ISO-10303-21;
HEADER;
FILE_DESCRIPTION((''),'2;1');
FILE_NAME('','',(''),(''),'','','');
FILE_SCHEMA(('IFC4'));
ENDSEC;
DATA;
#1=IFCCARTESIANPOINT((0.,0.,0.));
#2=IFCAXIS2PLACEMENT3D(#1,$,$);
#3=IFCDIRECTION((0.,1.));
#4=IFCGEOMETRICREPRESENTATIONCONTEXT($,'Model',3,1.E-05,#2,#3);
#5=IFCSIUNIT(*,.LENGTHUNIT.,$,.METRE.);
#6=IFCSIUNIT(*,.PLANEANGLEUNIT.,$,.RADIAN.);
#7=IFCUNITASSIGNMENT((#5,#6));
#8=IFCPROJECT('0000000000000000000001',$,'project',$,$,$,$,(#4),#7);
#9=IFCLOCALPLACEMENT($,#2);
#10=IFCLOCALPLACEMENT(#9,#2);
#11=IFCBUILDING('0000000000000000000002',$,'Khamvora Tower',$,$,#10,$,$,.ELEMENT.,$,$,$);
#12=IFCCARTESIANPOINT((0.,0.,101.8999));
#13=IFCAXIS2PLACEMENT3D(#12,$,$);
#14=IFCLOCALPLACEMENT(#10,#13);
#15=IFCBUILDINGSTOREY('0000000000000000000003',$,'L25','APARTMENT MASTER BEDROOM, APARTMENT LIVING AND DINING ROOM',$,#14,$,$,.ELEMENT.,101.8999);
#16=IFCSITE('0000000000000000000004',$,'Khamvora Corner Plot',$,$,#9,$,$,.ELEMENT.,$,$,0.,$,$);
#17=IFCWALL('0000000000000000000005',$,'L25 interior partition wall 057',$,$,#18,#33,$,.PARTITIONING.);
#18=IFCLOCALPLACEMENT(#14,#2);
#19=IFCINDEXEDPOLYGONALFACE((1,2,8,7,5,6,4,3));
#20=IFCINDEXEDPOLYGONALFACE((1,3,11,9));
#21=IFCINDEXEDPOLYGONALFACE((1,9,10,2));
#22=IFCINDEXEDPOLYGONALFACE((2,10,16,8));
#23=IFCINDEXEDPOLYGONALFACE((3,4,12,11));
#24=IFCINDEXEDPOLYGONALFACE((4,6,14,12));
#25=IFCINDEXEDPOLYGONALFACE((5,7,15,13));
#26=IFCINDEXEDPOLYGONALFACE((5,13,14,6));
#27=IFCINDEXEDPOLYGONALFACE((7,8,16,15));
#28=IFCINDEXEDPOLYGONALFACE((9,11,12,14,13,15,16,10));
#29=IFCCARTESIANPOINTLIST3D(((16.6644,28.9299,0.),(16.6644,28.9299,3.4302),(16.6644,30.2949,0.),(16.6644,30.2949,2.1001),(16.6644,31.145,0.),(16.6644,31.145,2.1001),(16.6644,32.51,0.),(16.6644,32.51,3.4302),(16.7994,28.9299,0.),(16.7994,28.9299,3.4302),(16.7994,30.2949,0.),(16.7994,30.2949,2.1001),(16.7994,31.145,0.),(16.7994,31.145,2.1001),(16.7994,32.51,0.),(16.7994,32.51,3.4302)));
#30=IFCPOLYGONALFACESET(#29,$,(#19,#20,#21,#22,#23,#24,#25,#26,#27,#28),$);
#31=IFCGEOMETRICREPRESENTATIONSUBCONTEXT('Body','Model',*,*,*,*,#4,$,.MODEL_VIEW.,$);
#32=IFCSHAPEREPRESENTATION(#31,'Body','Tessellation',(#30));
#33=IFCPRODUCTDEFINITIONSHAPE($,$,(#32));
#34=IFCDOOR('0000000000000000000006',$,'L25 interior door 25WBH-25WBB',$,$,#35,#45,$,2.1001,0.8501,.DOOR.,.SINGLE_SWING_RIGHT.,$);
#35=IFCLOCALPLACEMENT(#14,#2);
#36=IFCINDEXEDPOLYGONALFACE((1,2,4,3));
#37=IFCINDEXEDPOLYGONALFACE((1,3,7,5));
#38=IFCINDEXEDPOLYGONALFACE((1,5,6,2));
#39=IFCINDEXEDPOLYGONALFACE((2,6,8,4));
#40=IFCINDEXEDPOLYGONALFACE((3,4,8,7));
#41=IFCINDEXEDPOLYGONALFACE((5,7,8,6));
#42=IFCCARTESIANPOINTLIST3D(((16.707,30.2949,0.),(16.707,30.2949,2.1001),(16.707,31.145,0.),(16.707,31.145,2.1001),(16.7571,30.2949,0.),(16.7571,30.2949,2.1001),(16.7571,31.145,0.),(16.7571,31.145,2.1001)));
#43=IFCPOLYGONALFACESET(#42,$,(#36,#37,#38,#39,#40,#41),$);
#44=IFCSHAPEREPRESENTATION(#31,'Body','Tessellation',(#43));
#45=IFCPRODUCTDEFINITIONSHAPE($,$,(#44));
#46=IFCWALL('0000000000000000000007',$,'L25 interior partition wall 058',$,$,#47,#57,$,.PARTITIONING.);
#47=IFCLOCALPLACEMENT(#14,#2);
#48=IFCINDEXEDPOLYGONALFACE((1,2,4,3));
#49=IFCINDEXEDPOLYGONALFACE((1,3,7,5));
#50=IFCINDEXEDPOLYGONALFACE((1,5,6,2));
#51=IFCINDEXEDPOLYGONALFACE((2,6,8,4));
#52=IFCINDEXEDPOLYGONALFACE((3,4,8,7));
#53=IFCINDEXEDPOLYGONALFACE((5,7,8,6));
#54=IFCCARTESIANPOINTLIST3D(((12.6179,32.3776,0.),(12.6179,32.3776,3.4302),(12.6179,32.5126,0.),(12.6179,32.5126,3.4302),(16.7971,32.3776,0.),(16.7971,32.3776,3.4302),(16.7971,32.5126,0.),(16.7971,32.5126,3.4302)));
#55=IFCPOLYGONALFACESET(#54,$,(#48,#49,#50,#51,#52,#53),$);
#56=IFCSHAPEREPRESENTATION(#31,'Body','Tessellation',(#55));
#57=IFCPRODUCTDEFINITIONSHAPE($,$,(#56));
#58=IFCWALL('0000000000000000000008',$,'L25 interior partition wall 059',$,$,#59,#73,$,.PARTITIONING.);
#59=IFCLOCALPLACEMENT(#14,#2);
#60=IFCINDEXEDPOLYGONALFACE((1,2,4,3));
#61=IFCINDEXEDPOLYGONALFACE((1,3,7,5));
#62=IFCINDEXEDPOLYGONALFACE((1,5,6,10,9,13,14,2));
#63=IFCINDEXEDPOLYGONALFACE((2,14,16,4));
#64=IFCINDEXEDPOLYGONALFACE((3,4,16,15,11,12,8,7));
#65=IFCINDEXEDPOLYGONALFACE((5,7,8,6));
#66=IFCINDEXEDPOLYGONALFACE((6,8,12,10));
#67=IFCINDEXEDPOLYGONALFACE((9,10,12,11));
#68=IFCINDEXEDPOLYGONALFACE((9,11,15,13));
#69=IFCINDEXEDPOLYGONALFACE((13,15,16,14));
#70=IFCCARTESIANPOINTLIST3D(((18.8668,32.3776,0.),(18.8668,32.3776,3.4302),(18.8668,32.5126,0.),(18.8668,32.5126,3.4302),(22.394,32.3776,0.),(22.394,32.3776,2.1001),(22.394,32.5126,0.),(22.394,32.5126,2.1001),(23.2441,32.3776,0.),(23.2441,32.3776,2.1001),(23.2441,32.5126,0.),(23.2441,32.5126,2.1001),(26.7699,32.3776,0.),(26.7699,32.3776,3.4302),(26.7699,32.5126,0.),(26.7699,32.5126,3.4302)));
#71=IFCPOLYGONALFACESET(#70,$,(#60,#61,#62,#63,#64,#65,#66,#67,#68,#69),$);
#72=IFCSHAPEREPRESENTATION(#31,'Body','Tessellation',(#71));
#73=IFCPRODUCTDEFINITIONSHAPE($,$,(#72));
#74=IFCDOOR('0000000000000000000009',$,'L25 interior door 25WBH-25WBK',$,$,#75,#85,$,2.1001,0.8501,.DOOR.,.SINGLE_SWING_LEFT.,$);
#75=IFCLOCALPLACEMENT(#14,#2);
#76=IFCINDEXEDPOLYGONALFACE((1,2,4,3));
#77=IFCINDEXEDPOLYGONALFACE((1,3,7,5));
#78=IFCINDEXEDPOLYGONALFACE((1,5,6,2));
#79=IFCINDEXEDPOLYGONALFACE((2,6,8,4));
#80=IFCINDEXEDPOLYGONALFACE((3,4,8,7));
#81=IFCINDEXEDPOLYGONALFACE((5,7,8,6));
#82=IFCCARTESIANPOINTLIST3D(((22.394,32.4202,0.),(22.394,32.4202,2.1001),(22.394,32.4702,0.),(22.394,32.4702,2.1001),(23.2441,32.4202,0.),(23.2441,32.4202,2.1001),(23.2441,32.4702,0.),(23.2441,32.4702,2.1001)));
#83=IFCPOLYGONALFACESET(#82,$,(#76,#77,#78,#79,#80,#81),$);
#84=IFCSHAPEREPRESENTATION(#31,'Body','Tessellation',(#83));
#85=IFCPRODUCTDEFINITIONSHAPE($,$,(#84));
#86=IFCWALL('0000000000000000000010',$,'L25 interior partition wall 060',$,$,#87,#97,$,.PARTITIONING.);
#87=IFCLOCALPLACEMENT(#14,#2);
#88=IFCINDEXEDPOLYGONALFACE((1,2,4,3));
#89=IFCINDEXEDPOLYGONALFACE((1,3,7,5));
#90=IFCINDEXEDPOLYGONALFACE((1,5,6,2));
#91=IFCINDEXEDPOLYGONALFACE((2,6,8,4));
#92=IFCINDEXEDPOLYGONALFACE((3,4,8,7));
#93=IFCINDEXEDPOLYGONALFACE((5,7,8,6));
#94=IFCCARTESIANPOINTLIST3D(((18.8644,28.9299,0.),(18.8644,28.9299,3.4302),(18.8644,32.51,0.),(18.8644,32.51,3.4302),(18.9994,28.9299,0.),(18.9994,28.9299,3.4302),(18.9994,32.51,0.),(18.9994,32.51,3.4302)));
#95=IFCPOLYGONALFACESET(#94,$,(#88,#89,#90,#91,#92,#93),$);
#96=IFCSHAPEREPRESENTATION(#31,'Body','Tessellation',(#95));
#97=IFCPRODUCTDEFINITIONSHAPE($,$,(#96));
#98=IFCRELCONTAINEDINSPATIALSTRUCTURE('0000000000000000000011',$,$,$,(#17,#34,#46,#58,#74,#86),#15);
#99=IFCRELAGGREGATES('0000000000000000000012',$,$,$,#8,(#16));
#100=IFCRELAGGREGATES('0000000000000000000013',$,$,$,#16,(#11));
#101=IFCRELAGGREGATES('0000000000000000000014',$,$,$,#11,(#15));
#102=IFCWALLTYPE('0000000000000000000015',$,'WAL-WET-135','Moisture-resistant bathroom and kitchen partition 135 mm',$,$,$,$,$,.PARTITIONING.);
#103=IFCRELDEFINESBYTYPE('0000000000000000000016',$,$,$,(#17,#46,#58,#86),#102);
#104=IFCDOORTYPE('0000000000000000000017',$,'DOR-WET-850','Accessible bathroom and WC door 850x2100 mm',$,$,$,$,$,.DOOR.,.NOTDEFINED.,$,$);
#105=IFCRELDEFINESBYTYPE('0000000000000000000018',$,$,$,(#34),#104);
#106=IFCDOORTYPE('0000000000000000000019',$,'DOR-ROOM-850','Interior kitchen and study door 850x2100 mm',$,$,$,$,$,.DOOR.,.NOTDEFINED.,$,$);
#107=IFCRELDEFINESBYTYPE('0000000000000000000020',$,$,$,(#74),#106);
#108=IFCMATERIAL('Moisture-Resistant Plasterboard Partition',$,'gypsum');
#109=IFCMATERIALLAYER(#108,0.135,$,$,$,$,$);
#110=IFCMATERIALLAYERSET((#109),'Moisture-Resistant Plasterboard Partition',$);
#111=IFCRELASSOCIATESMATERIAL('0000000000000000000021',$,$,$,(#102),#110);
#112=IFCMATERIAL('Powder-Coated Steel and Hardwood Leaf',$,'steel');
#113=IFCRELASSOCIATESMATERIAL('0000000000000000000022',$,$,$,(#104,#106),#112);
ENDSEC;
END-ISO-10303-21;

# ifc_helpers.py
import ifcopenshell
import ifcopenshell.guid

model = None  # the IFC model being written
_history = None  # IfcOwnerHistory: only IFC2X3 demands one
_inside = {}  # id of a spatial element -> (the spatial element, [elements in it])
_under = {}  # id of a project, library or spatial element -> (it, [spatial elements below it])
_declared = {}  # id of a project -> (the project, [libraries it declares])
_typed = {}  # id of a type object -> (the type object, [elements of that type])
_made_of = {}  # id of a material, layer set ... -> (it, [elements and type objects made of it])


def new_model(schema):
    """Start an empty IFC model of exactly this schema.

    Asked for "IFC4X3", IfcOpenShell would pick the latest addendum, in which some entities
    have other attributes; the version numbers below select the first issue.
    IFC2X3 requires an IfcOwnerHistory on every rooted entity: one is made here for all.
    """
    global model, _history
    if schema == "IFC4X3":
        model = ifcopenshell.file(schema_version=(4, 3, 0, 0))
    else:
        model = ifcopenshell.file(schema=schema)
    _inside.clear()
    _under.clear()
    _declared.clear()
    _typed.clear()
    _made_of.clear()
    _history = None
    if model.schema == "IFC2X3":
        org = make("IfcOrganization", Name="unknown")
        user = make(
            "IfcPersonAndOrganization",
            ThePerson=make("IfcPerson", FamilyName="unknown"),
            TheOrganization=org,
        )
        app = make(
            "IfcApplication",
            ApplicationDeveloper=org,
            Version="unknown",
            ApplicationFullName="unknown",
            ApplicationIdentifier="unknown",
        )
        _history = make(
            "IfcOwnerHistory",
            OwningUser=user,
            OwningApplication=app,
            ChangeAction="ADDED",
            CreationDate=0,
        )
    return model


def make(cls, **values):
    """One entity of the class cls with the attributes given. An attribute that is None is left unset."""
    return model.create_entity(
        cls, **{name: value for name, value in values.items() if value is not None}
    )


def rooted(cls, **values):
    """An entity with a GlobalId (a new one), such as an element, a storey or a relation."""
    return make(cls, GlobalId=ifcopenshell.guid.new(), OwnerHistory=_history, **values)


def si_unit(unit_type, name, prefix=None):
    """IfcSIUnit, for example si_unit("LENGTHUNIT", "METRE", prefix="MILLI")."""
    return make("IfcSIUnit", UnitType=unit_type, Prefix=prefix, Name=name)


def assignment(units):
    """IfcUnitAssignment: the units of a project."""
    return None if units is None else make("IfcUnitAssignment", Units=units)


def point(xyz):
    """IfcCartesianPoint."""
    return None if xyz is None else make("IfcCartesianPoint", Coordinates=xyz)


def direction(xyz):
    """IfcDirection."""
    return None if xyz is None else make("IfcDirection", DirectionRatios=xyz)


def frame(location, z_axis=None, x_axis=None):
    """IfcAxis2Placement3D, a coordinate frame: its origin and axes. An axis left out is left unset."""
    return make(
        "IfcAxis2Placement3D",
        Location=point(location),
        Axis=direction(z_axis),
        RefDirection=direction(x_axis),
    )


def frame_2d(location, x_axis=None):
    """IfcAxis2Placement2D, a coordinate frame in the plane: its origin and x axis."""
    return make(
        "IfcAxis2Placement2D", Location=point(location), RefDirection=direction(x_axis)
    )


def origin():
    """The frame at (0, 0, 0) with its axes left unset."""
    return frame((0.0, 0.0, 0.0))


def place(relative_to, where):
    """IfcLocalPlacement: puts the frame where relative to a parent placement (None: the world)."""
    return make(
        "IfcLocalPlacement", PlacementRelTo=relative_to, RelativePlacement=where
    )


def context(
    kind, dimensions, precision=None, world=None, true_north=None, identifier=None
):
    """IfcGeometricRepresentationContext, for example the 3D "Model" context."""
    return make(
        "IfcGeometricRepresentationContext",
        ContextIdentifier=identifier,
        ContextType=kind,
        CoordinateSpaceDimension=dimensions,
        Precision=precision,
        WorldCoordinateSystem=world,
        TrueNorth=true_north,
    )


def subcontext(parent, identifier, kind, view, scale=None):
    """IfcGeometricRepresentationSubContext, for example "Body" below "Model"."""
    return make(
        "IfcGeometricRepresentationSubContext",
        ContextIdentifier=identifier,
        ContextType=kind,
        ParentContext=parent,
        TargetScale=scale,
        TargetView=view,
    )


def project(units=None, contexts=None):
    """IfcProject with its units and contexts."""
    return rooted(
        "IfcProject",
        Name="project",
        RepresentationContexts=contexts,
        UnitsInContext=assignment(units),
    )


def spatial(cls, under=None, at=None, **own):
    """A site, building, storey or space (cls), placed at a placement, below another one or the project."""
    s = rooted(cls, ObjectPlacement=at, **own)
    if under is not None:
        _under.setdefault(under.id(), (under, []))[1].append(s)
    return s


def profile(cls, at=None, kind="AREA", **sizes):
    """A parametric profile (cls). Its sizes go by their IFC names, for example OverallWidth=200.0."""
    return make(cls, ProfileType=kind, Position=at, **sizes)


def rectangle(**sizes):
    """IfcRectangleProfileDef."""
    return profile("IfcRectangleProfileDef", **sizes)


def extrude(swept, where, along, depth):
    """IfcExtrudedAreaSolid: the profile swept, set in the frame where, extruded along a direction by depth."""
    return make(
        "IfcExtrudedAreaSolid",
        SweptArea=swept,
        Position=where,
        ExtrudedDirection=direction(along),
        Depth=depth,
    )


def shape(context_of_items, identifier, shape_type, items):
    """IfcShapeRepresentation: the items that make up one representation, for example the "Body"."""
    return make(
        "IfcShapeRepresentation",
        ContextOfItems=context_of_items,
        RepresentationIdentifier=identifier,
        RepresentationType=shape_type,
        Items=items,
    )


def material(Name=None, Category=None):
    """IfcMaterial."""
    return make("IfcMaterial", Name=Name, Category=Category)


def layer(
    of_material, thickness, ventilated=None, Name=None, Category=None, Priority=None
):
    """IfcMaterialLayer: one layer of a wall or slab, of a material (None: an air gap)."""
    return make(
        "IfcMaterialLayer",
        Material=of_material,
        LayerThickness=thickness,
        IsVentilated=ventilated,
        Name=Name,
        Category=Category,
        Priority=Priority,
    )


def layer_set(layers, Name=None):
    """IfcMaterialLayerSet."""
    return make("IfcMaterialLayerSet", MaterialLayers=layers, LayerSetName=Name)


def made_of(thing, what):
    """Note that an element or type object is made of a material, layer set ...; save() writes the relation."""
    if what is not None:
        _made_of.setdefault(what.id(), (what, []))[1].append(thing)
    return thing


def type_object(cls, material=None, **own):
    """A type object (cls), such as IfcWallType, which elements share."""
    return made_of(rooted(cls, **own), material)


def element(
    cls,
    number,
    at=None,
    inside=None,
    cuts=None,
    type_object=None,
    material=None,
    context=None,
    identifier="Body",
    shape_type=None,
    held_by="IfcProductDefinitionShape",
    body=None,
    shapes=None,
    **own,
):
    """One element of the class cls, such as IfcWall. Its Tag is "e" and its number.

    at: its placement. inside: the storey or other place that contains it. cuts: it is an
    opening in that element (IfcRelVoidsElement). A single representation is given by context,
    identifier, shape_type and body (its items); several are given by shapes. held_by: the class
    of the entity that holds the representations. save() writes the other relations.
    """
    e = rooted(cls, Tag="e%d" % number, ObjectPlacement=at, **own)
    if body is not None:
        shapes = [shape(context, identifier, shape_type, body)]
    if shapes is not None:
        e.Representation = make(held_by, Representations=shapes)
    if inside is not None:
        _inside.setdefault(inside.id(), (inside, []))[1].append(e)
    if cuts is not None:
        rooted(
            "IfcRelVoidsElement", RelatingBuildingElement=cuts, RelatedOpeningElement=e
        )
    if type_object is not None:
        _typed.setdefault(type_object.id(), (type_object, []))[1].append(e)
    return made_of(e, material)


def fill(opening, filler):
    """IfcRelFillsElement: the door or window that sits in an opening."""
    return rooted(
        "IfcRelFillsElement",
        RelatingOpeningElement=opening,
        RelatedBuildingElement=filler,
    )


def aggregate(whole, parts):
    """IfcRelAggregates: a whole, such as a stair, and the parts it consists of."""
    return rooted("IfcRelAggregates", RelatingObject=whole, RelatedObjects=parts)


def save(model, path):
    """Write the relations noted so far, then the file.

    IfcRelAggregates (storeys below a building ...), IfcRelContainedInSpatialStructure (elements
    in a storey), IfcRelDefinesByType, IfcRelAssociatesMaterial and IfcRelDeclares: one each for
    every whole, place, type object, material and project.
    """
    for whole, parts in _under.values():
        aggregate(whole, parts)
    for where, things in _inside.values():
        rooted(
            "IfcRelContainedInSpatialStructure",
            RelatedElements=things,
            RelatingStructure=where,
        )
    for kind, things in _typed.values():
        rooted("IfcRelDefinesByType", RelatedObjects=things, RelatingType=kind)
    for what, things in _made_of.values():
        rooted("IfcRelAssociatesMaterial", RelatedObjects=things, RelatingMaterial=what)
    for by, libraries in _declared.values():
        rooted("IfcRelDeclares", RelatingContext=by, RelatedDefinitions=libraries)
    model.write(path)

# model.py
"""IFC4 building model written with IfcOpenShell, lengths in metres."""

from ifc_helpers import new_model, si_unit, direction, frame, frame_2d, origin, place, context, subcontext, project, spatial, rectangle, extrude, material, layer, layer_set, type_object, element, fill, save


model = new_model("IFC4")

# Units and contexts
model_context = context("Model", 3, precision=1e-05, world=origin(), true_north=direction((0.0, 1.0)))
body_context = subcontext(model_context, "Body", "Model", "MODEL_VIEW")
ifc_project = project(units=[si_unit("LENGTHUNIT", "METRE"), si_unit("PLANEANGLEUNIT", "RADIAN")], contexts=[model_context])

# Site, building, storey
site_placement = place(None, origin())
site = spatial("IfcSite", under=ifc_project, at=site_placement, Name="Khamvora Corner Plot", CompositionType="ELEMENT", RefElevation=0.0)
building_placement = place(site_placement, origin())
building = spatial("IfcBuilding", under=site, at=building_placement, Name="Khamvora Tower", CompositionType="ELEMENT")
storey_placement = place(building_placement, frame((0.0, 0.0, 101.8999)))
storey = spatial("IfcBuildingStorey", under=building, at=storey_placement, Name="L25", Description="APARTMENT MASTER BEDROOM, APARTMENT LIVING AND DINING ROOM", CompositionType="ELEMENT", Elevation=101.8999)

# Shared definitions
ifc_material_1 = material(Name="Powder-Coated Steel and Hardwood Leaf", Category="steel")

# Wall, opening, door
ifc_material_2 = material(Name="Moisture-Resistant Plasterboard Partition", Category="gypsum")
ifc_layer_1 = layer(ifc_material_2, 0.135)
ifc_layer_set_1 = layer_set([ifc_layer_1], Name="Moisture-Resistant Plasterboard Partition")
wall_type_1 = type_object("IfcWallType", Name="WAL-WET-135", Description="Moisture-resistant bathroom and kitchen partition 135 mm", PredefinedType="PARTITIONING", material=ifc_layer_set_1)
wall_1_placement = place(storey_placement, frame((16.7319, 28.9299, 0.0), z_axis=(0.0, 0.0, 1.0), x_axis=(0.0, 1.0, 0.0)))
wall_1 = element("IfcWall", 1, at=wall_1_placement, inside=storey, type_object=wall_type_1, Name="L25 interior partition wall 057", PredefinedType="PARTITIONING", context=body_context, shape_type="SweptSolid", body=[
    extrude(rectangle(XDim=3.5801, YDim=0.135, at=frame_2d((1.79, 0.0))), origin(), (0.0, 0.0, 1.0), 3.4302),
])
opening_1_placement = place(wall_1_placement, frame((1.365, 0.0, 0.0)))
opening_1 = element("IfcOpeningElement", 2, at=opening_1_placement, cuts=wall_1, PredefinedType="OPENING", context=body_context, shape_type="SweptSolid", body=[
    extrude(rectangle(XDim=0.8501, YDim=2.1001, at=frame_2d((0.425, 1.05))), frame((0.0, 0.0774, 0.0), z_axis=(0.0, -1.0, 0.0), x_axis=(1.0, 0.0, 0.0)), (0.0, 0.0, 1.0), 0.155),
])
door_type_1 = type_object("IfcDoorType", Name="DOR-WET-850", Description="Accessible bathroom and WC door 850x2100 mm", OperationType="NOTDEFINED", PredefinedType="DOOR", material=ifc_material_1)
door_1_placement = place(opening_1_placement, origin())
door_1 = element("IfcDoor", 3, at=door_1_placement, inside=storey, type_object=door_type_1, Name="L25 interior door 25WBH-25WBB", OperationType="SINGLE_SWING_RIGHT", OverallHeight=2.1001, OverallWidth=0.8501, PredefinedType="DOOR", context=body_context, shape_type="SweptSolid", body=[
    extrude(rectangle(XDim=0.8501, YDim=2.1001, at=frame_2d((0.425, 1.05))), frame((0.0, 0.0249, 0.0), z_axis=(0.0, -1.0, 0.0), x_axis=(1.0, 0.0, 0.0)), (0.0, 0.0, 1.0), 0.05),
])
fill(opening_1, door_1)

# Wall
wall_2_placement = place(storey_placement, frame((16.7971, 32.4451, 0.0), z_axis=(0.0, 0.0, 1.0), x_axis=(-1.0, 0.0, 0.0)))
element("IfcWall", 4, at=wall_2_placement, inside=storey, type_object=wall_type_1, Name="L25 interior partition wall 058", PredefinedType="PARTITIONING", context=body_context, shape_type="SweptSolid", body=[
    extrude(rectangle(XDim=4.1792, YDim=0.135, at=frame_2d((2.0896, 0.0))), origin(), (0.0, 0.0, 1.0), 3.4302),
])

# Wall, opening, door
wall_3_placement = place(storey_placement, frame((26.77, 32.4451, 0.0), z_axis=(0.0, 0.0, 1.0), x_axis=(-1.0, 0.0, 0.0)))
wall_3 = element("IfcWall", 5, at=wall_3_placement, inside=storey, type_object=wall_type_1, Name="L25 interior partition wall 059", PredefinedType="PARTITIONING", context=body_context, shape_type="SweptSolid", body=[
    extrude(rectangle(XDim=7.9031, YDim=0.135, at=frame_2d((3.9517, 0.0))), origin(), (0.0, 0.0, 1.0), 3.4302),
])
opening_2_placement = place(wall_3_placement, frame((3.5259, 0.0, 0.0)))
opening_2 = element("IfcOpeningElement", 6, at=opening_2_placement, cuts=wall_3, PredefinedType="OPENING", context=body_context, shape_type="SweptSolid", body=[
    extrude(rectangle(XDim=0.8501, YDim=2.1001, at=frame_2d((0.425, 1.05))), frame((0.0, 0.0774, 0.0), z_axis=(0.0, -1.0, 0.0), x_axis=(1.0, 0.0, 0.0)), (0.0, 0.0, 1.0), 0.155),
])
door_type_2 = type_object("IfcDoorType", Name="DOR-ROOM-850", Description="Interior kitchen and study door 850x2100 mm", OperationType="NOTDEFINED", PredefinedType="DOOR", material=ifc_material_1)
door_2_placement = place(opening_2_placement, origin())
door_2 = element("IfcDoor", 7, at=door_2_placement, inside=storey, type_object=door_type_2, Name="L25 interior door 25WBH-25WBK", OperationType="SINGLE_SWING_LEFT", OverallHeight=2.1001, OverallWidth=0.8501, PredefinedType="DOOR", context=body_context, shape_type="SweptSolid", body=[
    extrude(rectangle(XDim=0.8501, YDim=2.1001, at=frame_2d((0.425, 1.05))), frame((0.0, 0.0249, 0.0), z_axis=(0.0, -1.0, 0.0), x_axis=(1.0, 0.0, 0.0)), (0.0, 0.0, 1.0), 0.05),
])
fill(opening_2, door_2)

# Wall
wall_4_placement = place(storey_placement, frame((18.9319, 32.51, 0.0), z_axis=(0.0, 0.0, 1.0), x_axis=(0.0, -1.0, 0.0)))
element("IfcWall", 8, at=wall_4_placement, inside=storey, type_object=wall_type_1, Name="L25 interior partition wall 060", PredefinedType="PARTITIONING", context=body_context, shape_type="SweptSolid", body=[
    extrude(rectangle(XDim=3.5801, YDim=0.135, at=frame_2d((1.79, 0.0))), origin(), (0.0, 0.0, 1.0), 3.4302),
])

save(model, "model.ifc")
